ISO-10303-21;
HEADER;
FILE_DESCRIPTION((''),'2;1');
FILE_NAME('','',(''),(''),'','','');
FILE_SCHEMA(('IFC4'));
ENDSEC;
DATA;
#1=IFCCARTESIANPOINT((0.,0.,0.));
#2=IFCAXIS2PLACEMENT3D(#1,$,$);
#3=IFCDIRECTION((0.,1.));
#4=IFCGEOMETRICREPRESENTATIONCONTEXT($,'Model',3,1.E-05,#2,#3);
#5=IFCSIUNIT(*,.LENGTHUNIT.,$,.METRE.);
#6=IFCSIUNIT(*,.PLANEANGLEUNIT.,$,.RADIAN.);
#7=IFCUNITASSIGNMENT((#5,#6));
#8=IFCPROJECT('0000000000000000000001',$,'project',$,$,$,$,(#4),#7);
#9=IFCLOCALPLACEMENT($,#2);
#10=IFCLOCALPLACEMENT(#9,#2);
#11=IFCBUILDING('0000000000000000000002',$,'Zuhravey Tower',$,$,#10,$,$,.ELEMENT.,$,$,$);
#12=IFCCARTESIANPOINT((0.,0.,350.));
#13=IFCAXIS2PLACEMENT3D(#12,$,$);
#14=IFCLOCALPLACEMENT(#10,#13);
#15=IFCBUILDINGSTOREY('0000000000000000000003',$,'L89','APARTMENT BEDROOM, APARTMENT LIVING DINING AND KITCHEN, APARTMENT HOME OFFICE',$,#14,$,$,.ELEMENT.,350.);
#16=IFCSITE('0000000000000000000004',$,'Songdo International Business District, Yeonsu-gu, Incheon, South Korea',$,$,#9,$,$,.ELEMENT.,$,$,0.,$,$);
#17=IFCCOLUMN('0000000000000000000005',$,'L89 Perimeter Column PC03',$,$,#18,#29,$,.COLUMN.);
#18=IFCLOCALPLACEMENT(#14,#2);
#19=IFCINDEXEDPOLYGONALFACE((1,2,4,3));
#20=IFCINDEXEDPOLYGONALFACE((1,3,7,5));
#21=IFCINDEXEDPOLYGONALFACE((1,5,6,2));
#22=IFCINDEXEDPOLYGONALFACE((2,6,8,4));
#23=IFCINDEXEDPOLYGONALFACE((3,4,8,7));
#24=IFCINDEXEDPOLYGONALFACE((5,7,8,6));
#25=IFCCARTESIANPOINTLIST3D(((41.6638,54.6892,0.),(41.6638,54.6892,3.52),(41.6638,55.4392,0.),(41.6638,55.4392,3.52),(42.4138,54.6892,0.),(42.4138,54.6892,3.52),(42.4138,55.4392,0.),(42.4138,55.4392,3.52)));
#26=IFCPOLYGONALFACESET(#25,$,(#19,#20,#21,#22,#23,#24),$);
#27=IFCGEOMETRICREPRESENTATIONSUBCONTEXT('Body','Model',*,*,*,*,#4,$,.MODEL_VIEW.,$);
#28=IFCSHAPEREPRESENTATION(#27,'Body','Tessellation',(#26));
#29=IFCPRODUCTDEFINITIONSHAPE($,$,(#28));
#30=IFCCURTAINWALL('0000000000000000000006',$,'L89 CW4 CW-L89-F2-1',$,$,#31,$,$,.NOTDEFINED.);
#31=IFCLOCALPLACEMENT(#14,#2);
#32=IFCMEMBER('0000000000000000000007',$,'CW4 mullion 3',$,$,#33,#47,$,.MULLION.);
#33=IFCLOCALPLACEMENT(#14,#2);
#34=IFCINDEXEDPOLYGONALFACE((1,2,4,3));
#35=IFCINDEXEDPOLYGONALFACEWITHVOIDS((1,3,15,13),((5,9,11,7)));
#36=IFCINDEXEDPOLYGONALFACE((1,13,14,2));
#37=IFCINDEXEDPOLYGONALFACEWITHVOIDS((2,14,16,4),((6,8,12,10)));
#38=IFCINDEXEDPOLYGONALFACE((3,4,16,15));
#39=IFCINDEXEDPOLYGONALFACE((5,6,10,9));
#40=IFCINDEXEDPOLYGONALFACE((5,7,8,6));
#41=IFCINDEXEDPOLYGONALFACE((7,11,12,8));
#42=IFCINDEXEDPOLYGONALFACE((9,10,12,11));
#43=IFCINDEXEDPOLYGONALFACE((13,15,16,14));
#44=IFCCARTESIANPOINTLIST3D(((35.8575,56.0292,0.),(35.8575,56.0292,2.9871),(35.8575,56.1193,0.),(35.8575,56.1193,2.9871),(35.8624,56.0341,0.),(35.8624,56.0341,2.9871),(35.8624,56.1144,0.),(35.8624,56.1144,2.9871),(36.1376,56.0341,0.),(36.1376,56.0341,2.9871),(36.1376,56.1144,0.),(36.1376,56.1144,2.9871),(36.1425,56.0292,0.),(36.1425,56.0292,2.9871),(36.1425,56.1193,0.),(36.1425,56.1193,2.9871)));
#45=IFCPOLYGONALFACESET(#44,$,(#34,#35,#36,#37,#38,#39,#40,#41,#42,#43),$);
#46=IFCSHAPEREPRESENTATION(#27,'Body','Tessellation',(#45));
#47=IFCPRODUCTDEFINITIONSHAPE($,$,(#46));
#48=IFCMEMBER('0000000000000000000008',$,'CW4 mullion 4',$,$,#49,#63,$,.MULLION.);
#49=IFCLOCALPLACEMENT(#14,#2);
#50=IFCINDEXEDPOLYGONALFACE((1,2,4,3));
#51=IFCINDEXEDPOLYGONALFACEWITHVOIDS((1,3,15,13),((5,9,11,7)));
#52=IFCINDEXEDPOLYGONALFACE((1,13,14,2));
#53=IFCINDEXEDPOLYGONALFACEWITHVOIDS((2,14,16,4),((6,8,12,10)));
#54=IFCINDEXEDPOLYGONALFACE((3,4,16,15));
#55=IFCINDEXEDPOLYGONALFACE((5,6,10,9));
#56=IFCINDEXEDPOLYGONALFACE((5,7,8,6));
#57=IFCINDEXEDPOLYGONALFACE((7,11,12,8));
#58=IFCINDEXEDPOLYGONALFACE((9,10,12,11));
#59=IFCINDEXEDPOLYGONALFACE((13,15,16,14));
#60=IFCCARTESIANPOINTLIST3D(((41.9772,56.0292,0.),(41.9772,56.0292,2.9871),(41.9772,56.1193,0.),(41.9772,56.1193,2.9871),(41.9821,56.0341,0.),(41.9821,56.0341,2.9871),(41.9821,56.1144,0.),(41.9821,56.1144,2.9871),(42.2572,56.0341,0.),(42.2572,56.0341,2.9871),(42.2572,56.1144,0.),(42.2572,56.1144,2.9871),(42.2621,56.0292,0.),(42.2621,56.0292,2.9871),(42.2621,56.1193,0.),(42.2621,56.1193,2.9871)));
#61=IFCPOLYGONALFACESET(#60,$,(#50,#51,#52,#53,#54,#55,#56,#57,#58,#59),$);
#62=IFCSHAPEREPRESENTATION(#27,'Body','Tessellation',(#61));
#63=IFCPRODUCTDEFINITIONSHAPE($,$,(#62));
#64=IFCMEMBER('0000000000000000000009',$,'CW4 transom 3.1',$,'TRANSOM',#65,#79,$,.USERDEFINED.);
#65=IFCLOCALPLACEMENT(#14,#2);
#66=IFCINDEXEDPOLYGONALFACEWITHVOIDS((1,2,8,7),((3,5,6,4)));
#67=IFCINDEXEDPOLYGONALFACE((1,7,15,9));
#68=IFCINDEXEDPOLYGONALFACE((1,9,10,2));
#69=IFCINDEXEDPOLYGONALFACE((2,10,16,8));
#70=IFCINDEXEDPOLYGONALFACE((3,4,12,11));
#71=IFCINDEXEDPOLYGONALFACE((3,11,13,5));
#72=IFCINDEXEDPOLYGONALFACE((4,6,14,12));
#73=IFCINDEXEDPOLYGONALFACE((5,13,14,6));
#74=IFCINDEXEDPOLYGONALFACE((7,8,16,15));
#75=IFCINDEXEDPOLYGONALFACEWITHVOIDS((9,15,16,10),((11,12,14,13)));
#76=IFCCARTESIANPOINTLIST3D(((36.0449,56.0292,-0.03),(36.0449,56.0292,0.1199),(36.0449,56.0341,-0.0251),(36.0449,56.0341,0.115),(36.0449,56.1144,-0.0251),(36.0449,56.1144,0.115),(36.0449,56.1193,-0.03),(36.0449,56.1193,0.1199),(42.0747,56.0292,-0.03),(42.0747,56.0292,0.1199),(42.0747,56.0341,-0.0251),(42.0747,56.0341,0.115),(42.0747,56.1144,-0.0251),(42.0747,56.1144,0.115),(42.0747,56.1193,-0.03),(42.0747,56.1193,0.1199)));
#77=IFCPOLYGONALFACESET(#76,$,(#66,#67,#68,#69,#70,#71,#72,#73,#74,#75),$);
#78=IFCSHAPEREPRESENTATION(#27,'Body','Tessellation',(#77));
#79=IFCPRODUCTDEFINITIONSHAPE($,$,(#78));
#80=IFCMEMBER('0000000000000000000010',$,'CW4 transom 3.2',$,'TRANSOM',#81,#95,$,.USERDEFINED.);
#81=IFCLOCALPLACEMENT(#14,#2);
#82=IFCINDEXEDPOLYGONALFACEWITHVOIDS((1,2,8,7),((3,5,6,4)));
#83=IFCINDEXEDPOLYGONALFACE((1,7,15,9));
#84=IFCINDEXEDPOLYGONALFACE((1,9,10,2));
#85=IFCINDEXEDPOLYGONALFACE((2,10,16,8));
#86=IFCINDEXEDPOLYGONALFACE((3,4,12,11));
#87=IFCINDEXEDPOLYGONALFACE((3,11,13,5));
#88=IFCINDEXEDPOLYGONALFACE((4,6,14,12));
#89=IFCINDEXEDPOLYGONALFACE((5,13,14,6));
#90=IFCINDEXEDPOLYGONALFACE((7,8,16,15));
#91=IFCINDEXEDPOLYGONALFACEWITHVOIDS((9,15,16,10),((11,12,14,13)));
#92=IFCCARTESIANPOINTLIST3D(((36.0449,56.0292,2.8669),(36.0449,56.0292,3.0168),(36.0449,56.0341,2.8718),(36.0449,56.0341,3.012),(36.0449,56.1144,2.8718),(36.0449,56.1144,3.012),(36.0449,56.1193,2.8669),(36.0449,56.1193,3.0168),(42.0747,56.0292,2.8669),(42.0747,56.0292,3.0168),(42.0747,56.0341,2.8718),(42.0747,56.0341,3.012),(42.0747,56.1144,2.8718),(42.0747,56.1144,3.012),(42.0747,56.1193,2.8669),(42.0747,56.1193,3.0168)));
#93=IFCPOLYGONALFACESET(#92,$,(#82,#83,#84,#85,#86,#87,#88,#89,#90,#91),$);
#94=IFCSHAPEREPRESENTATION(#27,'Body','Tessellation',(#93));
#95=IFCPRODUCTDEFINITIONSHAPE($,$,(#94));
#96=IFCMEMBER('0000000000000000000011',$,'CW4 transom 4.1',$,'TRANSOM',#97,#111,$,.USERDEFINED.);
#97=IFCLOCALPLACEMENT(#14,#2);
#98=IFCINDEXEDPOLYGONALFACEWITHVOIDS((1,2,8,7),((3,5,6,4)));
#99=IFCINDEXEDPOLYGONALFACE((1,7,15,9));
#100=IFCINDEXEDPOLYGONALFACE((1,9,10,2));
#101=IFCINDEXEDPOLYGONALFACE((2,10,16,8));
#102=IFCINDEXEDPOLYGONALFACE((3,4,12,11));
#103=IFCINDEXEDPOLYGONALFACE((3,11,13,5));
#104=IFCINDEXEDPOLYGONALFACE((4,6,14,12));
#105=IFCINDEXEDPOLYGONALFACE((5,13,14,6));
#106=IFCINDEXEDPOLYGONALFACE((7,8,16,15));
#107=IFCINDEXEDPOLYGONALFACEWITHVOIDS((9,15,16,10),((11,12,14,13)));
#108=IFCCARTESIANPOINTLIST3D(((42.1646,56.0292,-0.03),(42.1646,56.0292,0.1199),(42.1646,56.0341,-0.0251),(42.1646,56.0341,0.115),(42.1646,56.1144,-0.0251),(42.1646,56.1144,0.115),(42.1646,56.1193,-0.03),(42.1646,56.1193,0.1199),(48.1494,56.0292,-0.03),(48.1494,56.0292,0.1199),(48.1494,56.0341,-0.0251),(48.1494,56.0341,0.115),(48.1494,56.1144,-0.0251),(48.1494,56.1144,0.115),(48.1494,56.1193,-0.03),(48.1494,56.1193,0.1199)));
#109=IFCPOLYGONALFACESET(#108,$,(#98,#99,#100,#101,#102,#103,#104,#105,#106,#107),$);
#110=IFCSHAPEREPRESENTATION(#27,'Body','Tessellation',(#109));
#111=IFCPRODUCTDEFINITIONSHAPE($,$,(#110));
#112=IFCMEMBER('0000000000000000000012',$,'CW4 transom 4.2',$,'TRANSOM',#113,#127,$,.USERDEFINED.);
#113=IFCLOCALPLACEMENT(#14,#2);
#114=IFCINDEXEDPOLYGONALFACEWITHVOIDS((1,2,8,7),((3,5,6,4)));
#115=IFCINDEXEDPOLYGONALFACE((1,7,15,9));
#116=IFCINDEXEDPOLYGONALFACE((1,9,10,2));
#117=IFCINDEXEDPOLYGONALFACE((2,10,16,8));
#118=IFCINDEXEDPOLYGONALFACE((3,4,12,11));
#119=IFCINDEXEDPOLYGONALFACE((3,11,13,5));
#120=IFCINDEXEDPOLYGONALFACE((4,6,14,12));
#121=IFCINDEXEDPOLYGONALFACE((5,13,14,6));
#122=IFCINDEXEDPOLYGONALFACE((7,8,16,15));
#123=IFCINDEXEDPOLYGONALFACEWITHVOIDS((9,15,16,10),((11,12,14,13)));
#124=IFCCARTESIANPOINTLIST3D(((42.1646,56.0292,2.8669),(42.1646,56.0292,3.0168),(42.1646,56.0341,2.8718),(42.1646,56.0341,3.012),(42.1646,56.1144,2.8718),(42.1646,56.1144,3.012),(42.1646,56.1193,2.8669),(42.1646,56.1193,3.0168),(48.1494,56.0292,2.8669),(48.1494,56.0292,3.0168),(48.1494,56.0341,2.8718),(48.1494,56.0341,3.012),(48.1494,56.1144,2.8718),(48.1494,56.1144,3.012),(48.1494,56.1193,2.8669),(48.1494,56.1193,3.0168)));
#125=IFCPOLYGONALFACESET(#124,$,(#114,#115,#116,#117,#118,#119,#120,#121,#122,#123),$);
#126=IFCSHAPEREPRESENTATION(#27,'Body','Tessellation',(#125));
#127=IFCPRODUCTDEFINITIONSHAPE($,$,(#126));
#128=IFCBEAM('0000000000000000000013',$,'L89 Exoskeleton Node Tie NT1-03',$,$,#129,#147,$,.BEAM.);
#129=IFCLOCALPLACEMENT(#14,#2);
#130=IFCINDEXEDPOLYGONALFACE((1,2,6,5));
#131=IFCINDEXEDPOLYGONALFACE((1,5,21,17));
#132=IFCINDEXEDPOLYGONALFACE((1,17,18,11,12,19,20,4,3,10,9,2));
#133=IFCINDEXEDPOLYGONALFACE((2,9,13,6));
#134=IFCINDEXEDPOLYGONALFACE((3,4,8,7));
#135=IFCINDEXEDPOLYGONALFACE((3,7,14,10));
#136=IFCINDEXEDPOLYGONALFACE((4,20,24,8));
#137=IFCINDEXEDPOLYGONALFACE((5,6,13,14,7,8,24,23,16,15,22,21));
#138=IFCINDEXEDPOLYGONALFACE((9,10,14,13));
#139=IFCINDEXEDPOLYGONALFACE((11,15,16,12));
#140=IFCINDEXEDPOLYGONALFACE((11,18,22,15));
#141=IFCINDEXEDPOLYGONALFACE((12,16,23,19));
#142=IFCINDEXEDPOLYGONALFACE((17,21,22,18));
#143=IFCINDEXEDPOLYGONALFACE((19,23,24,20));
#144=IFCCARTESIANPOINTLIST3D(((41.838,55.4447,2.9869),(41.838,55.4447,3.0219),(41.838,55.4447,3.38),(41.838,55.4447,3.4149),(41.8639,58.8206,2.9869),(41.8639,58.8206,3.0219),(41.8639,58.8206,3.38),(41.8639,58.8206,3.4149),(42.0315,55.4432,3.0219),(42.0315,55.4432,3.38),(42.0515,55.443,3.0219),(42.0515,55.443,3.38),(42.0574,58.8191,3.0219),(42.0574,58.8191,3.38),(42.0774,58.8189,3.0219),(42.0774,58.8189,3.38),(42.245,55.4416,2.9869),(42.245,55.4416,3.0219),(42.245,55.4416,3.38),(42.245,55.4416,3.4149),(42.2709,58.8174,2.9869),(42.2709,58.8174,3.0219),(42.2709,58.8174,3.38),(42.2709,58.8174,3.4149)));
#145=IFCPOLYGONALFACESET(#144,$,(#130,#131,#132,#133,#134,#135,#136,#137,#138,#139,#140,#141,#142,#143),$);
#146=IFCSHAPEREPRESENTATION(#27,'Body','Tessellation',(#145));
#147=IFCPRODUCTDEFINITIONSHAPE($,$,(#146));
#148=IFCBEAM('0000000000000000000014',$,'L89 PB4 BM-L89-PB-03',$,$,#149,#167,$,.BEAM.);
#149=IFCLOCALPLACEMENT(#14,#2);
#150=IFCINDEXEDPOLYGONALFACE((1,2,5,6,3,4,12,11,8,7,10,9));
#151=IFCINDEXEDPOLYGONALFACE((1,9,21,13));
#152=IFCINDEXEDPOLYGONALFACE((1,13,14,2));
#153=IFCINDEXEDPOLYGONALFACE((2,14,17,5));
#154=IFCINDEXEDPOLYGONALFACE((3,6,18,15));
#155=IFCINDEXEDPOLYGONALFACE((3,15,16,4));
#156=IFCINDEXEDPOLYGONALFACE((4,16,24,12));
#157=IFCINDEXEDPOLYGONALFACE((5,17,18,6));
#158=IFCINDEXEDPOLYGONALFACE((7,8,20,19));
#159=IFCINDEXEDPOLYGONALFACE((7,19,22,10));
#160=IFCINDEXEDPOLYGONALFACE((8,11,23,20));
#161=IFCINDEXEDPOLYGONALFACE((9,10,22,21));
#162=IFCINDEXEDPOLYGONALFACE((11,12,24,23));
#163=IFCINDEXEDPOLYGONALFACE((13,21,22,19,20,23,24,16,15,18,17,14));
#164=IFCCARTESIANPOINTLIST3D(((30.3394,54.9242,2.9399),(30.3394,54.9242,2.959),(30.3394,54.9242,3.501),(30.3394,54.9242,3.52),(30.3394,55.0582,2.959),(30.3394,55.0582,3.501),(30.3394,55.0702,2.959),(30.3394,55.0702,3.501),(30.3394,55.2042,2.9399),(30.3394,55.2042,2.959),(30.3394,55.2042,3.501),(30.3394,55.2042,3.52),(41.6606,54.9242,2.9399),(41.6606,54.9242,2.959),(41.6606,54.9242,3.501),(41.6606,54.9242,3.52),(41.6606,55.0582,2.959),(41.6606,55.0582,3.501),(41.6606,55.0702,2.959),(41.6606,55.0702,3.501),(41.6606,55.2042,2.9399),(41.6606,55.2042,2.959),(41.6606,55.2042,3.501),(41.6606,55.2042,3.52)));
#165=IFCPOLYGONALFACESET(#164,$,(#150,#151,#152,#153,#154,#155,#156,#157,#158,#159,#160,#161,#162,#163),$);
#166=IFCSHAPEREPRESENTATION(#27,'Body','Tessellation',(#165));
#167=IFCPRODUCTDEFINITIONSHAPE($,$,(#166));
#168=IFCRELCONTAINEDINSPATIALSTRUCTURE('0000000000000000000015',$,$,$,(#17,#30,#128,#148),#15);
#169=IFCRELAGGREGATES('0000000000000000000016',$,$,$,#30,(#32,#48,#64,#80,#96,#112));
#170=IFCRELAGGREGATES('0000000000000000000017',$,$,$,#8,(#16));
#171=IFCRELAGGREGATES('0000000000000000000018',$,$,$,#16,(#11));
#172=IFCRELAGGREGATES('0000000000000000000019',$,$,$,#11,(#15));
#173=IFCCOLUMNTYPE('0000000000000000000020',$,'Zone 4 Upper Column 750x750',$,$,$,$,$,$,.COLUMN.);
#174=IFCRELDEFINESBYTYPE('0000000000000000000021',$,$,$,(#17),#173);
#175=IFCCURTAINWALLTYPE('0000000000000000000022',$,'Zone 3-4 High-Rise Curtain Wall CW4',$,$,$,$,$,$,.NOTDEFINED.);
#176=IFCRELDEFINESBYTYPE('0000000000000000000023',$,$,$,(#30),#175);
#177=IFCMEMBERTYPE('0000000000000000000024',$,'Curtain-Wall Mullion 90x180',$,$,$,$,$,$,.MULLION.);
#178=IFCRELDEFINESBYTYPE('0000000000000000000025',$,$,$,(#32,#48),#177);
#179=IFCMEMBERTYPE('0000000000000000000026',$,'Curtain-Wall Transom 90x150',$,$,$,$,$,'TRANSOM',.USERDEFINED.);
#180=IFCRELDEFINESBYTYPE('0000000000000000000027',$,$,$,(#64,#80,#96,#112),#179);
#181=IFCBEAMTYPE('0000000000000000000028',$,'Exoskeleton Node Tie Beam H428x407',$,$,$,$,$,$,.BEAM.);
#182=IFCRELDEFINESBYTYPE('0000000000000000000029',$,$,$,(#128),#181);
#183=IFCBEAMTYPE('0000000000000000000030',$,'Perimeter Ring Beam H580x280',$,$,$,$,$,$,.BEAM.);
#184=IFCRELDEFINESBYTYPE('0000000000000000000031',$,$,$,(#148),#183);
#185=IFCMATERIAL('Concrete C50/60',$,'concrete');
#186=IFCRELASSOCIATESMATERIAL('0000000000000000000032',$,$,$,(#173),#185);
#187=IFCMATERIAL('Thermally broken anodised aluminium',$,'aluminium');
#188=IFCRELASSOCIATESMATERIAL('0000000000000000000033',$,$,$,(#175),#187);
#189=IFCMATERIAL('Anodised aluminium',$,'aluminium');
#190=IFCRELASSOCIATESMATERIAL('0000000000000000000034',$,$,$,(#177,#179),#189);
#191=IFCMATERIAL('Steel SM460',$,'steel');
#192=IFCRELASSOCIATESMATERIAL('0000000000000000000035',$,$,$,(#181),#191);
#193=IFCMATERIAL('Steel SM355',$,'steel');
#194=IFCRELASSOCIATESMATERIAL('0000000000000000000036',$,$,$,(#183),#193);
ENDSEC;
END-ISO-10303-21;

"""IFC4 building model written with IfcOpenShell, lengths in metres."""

from ifc_helpers import new_model, si_unit, direction, frame, origin, origin_2d, place, context, subcontext, project, spatial, rectangle, hollow_rectangle, i_section, extrude, material, material_profile, profile_set, type_object, element, aggregate, save


model = new_model("IFC4")

# Units and contexts
model_context = context("Model", 3, precision=1e-05, world=origin(), true_north=direction((0.0, 1.0)))
body_context = subcontext(model_context, "Body", "Model", "MODEL_VIEW")
ifc_project = project(units=[si_unit("LENGTHUNIT", "METRE"), si_unit("PLANEANGLEUNIT", "RADIAN")], contexts=[model_context])

# Site, building, storey
site_placement = place(None, origin())
site = spatial("IfcSite", under=ifc_project, at=site_placement, Name="Songdo International Business District, Yeonsu-gu, Incheon, South Korea", CompositionType="ELEMENT", RefElevation=0.0)
building_placement = place(site_placement, origin())
building = spatial("IfcBuilding", under=site, at=building_placement, Name="Zuhravey Tower", CompositionType="ELEMENT")
storey_placement = place(building_placement, frame((0.0, 0.0, 350.0)))
storey = spatial("IfcBuildingStorey", under=building, at=storey_placement, Name="L89", Description="APARTMENT BEDROOM, APARTMENT LIVING DINING AND KITCHEN, APARTMENT HOME OFFICE", CompositionType="ELEMENT", Elevation=350.0)

# Column
ifc_material_1 = material(Name="Concrete C50/60", Category="concrete")
ifc_material_profile_1 = material_profile(ifc_material_1, rectangle(XDim=0.75, YDim=0.75, at=origin_2d()), Name="RC-750x750")
ifc_profile_set_1 = profile_set([ifc_material_profile_1], Name="Concrete C50/60")
column_type = type_object("IfcColumnType", Name="Zone 4 Upper Column 750x750", PredefinedType="COLUMN", material=ifc_profile_set_1)
column_placement = place(storey_placement, frame((42.0388, 55.0642, 0.0), z_axis=(0.0, 0.0, 1.0), x_axis=(-1.0, 0.0, 0.0)))
element("IfcColumn", 1, at=column_placement, inside=storey, type_object=column_type, Name="L89 Perimeter Column PC03", PredefinedType="COLUMN", context=body_context, shape_type="SweptSolid", body=[
    extrude(rectangle(XDim=0.75, YDim=0.75, at=origin_2d()), origin(), (0.0, 0.0, 1.0), 3.52),
])

# Curtain wall, members
ifc_material_2 = material(Name="Thermally broken anodised aluminium", Category="aluminium")
curtain_wall_type = type_object("IfcCurtainWallType", Name="Zone 3-4 High-Rise Curtain Wall CW4", PredefinedType="NOTDEFINED", material=ifc_material_2)
curtain_wall_placement = place(storey_placement, origin())
curtain_wall = element("IfcCurtainWall", 2, at=curtain_wall_placement, inside=storey, type_object=curtain_wall_type, Name="L89 CW4 CW-L89-F2-1", PredefinedType="NOTDEFINED")
ifc_material_3 = material(Name="Anodised aluminium", Category="aluminium")
ifc_material_profile_2 = material_profile(ifc_material_3, hollow_rectangle(XDim=0.0901, YDim=0.2849, WallThickness=0.0049, at=origin_2d()), Name="ALU-RHS-90x285x5")
ifc_profile_set_2 = profile_set([ifc_material_profile_2], Name="Anodised aluminium")
member_type_1 = type_object("IfcMemberType", Name="Curtain-Wall Mullion 90x180", PredefinedType="MULLION", material=ifc_profile_set_2)
member_1_placement = place(storey_placement, frame((36.0, 56.0742, 0.0), z_axis=(0.0, 0.0, 1.0), x_axis=(0.0, 1.0, 0.0)))
member_1 = element("IfcMember", 3, at=member_1_placement, type_object=member_type_1, Name="CW4 mullion 3", PredefinedType="MULLION", context=body_context, shape_type="SweptSolid", body=[
    extrude(hollow_rectangle(XDim=0.0901, YDim=0.2849, WallThickness=0.0049, at=origin_2d()), origin(), (0.0, 0.0, 1.0), 2.9871),
])
member_2_placement = place(storey_placement, frame((42.1196, 56.0742, 0.0), z_axis=(0.0, 0.0, 1.0), x_axis=(0.0, 1.0, 0.0)))
member_2 = element("IfcMember", 4, at=member_2_placement, type_object=member_type_1, Name="CW4 mullion 4", PredefinedType="MULLION", context=body_context, shape_type="SweptSolid", body=[
    extrude(hollow_rectangle(XDim=0.0901, YDim=0.2849, WallThickness=0.0049, at=origin_2d()), origin(), (0.0, 0.0, 1.0), 2.9871),
])
ifc_material_profile_3 = material_profile(ifc_material_3, hollow_rectangle(XDim=0.0901, YDim=0.1499, WallThickness=0.0049, at=origin_2d()), Name="ALU-RHS-90x150x5")
ifc_profile_set_3 = profile_set([ifc_material_profile_3], Name="Anodised aluminium")
member_type_2 = type_object("IfcMemberType", Name="Curtain-Wall Transom 90x150", ElementType="TRANSOM", PredefinedType="USERDEFINED", material=ifc_profile_set_3)
member_3_placement = place(storey_placement, frame((36.0449, 56.0742, 0.0449), z_axis=(1.0, 0.0, 0.0), x_axis=(0.0, 1.0, 0.0)))
member_3 = element("IfcMember", 5, at=member_3_placement, type_object=member_type_2, Name="CW4 transom 3.1", ObjectType="TRANSOM", PredefinedType="USERDEFINED", context=body_context, shape_type="SweptSolid", body=[
    extrude(hollow_rectangle(XDim=0.0901, YDim=0.1499, WallThickness=0.0049, at=origin_2d()), origin(), (0.0, 0.0, 1.0), 6.0298),
])
member_4_placement = place(storey_placement, frame((36.0449, 56.0742, 2.9419), z_axis=(1.0, 0.0, 0.0), x_axis=(0.0, 1.0, 0.0)))
member_4 = element("IfcMember", 6, at=member_4_placement, type_object=member_type_2, Name="CW4 transom 3.2", ObjectType="TRANSOM", PredefinedType="USERDEFINED", context=body_context, shape_type="SweptSolid", body=[
    extrude(hollow_rectangle(XDim=0.0901, YDim=0.1499, WallThickness=0.0049, at=origin_2d()), origin(), (0.0, 0.0, 1.0), 6.0298),
])
member_5_placement = place(storey_placement, frame((42.1646, 56.0742, 0.0449), z_axis=(1.0, 0.0, 0.0), x_axis=(0.0, 1.0, 0.0)))
member_5 = element("IfcMember", 7, at=member_5_placement, type_object=member_type_2, Name="CW4 transom 4.1", ObjectType="TRANSOM", PredefinedType="USERDEFINED", context=body_context, shape_type="SweptSolid", body=[
    extrude(hollow_rectangle(XDim=0.0901, YDim=0.1499, WallThickness=0.0049, at=origin_2d()), origin(), (0.0, 0.0, 1.0), 5.9849),
])
member_6_placement = place(storey_placement, frame((42.1646, 56.0742, 2.9419), z_axis=(1.0, 0.0, 0.0), x_axis=(0.0, 1.0, 0.0)))
member_6 = element("IfcMember", 8, at=member_6_placement, type_object=member_type_2, Name="CW4 transom 4.2", ObjectType="TRANSOM", PredefinedType="USERDEFINED", context=body_context, shape_type="SweptSolid", body=[
    extrude(hollow_rectangle(XDim=0.0901, YDim=0.1499, WallThickness=0.0049, at=origin_2d()), origin(), (0.0, 0.0, 1.0), 5.9849),
])

# Beams
ifc_material_4 = material(Name="Steel SM460", Category="steel")
ifc_material_profile_4 = material_profile(ifc_material_4, i_section(OverallWidth=0.407, OverallDepth=0.428, WebThickness=0.02, FlangeThickness=0.0349, at=origin_2d()), Name="H-428x407x20x35")
ifc_profile_set_4 = profile_set([ifc_material_profile_4], Name="Steel SM460")
beam_type_1 = type_object("IfcBeamType", Name="Exoskeleton Node Tie Beam H428x407", PredefinedType="BEAM", material=ifc_profile_set_4)
beam_1_placement = place(storey_placement, frame((42.0415, 55.4431, 3.2009), z_axis=(0.007665, 0.999971, 0.0), x_axis=(-0.999971, 0.007665, 0.0)))
element("IfcBeam", 9, at=beam_1_placement, inside=storey, type_object=beam_type_1, Name="L89 Exoskeleton Node Tie NT1-03", PredefinedType="BEAM", context=body_context, shape_type="SweptSolid", body=[
    extrude(i_section(OverallWidth=0.407, OverallDepth=0.428, WebThickness=0.02, FlangeThickness=0.0349, at=origin_2d()), origin(), (0.0, 0.0, 1.0), 3.376),
])
ifc_material_5 = material(Name="Steel SM355", Category="steel")
ifc_material_profile_5 = material_profile(ifc_material_5, i_section(OverallWidth=0.28, OverallDepth=0.5801, WebThickness=0.012, FlangeThickness=0.019, at=origin_2d()), Name="H-580x280x12x19")
ifc_profile_set_5 = profile_set([ifc_material_profile_5], Name="Steel SM355")
beam_type_2 = type_object("IfcBeamType", Name="Perimeter Ring Beam H580x280", PredefinedType="BEAM", material=ifc_profile_set_5)
beam_2_placement = place(storey_placement, frame((41.6606, 55.0642, 3.23), z_axis=(-1.0, 0.0, 0.0), x_axis=(0.0, -1.0, 0.0)))
element("IfcBeam", 10, at=beam_2_placement, inside=storey, type_object=beam_type_2, Name="L89 PB4 BM-L89-PB-03", PredefinedType="BEAM", context=body_context, shape_type="SweptSolid", body=[
    extrude(i_section(OverallWidth=0.28, OverallDepth=0.5801, WebThickness=0.012, FlangeThickness=0.019, at=origin_2d()), origin(), (0.0, 0.0, 1.0), 11.3213),
])

aggregate(curtain_wall, [member_1, member_2, member_3, member_4, member_5, member_6])

save(model, "model.ifc")
